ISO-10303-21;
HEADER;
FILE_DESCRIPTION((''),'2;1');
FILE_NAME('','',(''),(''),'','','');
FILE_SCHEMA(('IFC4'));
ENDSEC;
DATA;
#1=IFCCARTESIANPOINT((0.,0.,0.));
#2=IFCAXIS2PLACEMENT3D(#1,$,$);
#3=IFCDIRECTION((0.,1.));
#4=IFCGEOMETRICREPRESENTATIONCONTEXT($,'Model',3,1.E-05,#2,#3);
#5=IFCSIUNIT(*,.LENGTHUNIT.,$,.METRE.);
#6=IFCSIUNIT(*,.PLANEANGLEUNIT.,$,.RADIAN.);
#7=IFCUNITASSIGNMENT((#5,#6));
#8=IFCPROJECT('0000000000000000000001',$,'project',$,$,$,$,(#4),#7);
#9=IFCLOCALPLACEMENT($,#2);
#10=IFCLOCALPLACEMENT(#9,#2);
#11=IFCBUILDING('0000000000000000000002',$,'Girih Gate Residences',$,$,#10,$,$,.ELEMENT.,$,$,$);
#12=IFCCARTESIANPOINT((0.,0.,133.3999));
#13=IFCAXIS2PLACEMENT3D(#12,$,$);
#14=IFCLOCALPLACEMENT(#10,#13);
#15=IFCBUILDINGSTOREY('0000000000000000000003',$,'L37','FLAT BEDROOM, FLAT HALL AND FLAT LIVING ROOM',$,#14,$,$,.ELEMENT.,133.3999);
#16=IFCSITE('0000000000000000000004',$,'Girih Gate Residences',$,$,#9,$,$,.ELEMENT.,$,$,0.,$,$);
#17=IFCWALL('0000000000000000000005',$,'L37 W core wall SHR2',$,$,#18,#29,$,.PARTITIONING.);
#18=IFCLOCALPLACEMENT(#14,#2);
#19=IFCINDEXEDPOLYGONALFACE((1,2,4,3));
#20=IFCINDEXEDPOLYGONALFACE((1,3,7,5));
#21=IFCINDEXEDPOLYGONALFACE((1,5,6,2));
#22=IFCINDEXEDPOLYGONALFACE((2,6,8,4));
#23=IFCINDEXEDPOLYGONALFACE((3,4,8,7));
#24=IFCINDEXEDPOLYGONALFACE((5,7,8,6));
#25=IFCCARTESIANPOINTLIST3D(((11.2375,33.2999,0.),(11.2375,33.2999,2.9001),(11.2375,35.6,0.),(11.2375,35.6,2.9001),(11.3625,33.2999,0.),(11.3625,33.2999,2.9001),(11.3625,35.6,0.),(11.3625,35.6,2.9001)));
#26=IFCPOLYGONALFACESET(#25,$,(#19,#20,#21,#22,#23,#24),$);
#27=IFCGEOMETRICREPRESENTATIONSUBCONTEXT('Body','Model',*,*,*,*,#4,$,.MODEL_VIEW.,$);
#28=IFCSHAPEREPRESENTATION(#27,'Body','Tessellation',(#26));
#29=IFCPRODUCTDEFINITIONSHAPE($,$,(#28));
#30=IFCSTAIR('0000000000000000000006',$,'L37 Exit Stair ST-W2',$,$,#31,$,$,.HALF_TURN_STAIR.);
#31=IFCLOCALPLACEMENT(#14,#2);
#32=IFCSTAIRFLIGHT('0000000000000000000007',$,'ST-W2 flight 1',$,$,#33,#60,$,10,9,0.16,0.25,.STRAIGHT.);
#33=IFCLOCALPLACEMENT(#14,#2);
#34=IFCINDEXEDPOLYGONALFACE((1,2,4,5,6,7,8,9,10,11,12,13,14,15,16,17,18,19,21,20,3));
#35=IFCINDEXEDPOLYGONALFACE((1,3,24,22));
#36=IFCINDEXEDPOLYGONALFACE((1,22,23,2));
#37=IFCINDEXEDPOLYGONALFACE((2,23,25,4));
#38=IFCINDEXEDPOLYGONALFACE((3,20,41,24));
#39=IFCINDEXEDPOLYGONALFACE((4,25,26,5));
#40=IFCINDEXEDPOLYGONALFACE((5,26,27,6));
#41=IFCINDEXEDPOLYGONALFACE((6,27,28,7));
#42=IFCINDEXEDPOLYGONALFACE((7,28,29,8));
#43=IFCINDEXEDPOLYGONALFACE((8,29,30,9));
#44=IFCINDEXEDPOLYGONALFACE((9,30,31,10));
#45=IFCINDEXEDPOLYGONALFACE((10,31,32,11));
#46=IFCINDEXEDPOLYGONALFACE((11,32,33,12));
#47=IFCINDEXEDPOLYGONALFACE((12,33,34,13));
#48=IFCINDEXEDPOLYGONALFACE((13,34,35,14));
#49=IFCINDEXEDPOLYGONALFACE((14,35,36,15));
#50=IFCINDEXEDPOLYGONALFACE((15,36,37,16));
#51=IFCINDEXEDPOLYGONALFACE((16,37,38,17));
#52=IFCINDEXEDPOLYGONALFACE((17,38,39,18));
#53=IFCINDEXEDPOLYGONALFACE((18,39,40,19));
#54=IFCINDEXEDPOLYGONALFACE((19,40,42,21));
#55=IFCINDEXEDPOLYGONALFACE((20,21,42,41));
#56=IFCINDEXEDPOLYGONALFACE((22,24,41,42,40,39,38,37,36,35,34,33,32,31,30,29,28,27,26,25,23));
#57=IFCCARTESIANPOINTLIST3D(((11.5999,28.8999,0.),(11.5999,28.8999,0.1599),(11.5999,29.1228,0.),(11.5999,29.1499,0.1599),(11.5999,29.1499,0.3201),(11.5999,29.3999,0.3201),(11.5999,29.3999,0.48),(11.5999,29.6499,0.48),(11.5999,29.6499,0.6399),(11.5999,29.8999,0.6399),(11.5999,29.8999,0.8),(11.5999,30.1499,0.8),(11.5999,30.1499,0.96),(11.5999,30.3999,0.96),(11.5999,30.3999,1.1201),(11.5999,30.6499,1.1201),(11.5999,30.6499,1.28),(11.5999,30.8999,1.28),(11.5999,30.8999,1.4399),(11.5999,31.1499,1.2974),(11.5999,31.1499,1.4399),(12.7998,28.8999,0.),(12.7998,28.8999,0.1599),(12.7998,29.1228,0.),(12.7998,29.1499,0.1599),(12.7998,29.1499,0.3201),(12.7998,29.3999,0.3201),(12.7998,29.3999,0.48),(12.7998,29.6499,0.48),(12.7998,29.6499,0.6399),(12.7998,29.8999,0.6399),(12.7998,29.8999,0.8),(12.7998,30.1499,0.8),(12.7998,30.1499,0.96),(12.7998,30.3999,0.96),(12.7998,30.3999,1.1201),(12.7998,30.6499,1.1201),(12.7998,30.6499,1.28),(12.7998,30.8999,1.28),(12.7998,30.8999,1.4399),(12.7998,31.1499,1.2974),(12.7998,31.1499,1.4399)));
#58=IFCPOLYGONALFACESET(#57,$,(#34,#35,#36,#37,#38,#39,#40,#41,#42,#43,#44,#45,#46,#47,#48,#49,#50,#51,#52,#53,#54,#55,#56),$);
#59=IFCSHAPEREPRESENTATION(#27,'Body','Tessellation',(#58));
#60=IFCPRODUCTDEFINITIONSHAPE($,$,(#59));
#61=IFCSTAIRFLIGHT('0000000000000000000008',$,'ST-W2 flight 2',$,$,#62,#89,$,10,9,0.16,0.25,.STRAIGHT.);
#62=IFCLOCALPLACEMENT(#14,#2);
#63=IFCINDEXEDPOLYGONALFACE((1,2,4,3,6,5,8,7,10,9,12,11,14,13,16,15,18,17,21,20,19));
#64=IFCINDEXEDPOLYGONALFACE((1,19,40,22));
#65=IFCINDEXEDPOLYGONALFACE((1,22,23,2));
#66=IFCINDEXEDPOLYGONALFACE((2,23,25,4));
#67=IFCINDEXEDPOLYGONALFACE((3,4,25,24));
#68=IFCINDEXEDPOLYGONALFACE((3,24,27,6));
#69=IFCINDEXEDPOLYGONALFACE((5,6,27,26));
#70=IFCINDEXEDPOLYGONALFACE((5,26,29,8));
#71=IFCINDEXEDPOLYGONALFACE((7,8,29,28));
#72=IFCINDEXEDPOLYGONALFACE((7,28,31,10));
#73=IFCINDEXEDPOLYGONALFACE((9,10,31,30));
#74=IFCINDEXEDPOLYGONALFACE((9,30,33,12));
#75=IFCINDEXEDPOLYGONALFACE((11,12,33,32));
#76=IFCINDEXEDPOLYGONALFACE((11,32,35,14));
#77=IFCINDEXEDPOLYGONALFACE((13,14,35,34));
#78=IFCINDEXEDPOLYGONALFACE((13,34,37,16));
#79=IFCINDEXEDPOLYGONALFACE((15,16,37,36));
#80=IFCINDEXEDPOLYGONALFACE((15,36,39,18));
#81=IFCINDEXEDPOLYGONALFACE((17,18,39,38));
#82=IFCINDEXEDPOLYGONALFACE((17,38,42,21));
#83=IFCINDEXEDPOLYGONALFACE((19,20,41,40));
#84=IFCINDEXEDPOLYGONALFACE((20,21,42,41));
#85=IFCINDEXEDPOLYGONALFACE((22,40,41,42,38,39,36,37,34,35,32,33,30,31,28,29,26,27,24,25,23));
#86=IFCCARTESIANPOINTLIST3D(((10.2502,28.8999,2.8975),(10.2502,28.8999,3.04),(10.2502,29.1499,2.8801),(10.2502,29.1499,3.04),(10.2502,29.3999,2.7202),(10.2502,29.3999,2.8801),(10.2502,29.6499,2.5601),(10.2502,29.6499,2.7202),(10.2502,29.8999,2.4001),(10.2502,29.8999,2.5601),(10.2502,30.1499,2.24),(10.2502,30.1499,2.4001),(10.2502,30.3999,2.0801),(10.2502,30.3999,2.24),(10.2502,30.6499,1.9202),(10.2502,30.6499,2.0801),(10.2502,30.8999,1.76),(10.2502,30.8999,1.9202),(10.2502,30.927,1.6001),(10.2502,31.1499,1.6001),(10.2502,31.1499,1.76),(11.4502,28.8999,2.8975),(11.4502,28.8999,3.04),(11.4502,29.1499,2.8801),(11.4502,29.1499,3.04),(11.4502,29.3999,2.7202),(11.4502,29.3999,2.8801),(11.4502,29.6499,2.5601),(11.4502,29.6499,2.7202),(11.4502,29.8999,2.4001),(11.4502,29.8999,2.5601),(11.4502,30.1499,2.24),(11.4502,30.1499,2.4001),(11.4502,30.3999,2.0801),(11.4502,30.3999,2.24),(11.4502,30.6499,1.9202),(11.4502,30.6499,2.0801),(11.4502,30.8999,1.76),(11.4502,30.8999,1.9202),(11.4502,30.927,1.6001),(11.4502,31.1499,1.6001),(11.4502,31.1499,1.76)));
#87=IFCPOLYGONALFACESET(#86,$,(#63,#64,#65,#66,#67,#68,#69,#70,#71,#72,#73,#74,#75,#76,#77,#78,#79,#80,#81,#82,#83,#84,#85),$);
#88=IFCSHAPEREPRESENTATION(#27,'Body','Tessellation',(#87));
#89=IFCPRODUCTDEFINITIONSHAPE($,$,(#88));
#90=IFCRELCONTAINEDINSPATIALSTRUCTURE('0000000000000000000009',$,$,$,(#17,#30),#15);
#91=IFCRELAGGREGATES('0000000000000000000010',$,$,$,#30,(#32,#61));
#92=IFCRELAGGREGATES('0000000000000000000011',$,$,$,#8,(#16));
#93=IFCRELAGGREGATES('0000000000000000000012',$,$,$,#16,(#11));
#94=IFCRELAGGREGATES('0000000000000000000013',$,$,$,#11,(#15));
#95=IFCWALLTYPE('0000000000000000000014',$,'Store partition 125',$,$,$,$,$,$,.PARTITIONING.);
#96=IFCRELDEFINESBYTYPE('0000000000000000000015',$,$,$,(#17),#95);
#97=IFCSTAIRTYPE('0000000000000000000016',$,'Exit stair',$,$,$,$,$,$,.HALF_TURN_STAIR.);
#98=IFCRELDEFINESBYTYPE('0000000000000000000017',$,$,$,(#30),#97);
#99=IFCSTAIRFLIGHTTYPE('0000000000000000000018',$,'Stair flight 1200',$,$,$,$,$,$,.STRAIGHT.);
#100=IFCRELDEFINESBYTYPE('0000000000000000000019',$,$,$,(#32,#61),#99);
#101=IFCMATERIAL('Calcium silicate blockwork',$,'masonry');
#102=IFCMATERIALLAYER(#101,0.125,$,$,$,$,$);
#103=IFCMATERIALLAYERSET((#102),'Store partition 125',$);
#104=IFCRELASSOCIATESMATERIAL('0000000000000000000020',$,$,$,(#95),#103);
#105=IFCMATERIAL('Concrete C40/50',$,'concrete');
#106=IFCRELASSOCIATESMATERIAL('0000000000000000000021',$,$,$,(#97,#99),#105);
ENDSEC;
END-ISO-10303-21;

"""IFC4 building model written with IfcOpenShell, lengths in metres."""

from ifc_helpers import new_model, si_unit, direction, frame, frame_2d, origin, place, context, subcontext, project, spatial, polyline, rectangle, outline, extrude, material, layer, layer_set, type_object, element, aggregate, save


model = new_model("IFC4")

# Units and contexts
model_context = context("Model", 3, precision=1e-05, world=origin(), true_north=direction((0.0, 1.0)))
body_context = subcontext(model_context, "Body", "Model", "MODEL_VIEW")
ifc_project = project(units=[si_unit("LENGTHUNIT", "METRE"), si_unit("PLANEANGLEUNIT", "RADIAN")], contexts=[model_context])

# Site, building, storey
site_placement = place(None, origin())
site = spatial("IfcSite", under=ifc_project, at=site_placement, Name="Girih Gate Residences", CompositionType="ELEMENT", RefElevation=0.0)
building_placement = place(site_placement, origin())
building = spatial("IfcBuilding", under=site, at=building_placement, Name="Girih Gate Residences", CompositionType="ELEMENT")
storey_placement = place(building_placement, frame((0.0, 0.0, 133.3999)))
storey = spatial("IfcBuildingStorey", under=building, at=storey_placement, Name="L37", Description="FLAT BEDROOM, FLAT HALL AND FLAT LIVING ROOM", CompositionType="ELEMENT", Elevation=133.3999)

# Shared definitions
ifc_material_1 = material(Name="Concrete C40/50", Category="concrete")

# Wall
ifc_material_2 = material(Name="Calcium silicate blockwork", Category="masonry")
ifc_layer_1 = layer(ifc_material_2, 0.125)
ifc_layer_set_1 = layer_set([ifc_layer_1], Name="Store partition 125")
wall_type_1 = type_object("IfcWallType", Name="Store partition 125", PredefinedType="PARTITIONING", material=ifc_layer_set_1)
wall_1_placement = place(storey_placement, frame((11.3, 33.3, 0.0), z_axis=(0.0, 0.0, 1.0), x_axis=(0.0, 1.0, 0.0)))
element("IfcWall", 1, at=wall_1_placement, inside=storey, type_object=wall_type_1, Name="L37 W core wall SHR2", PredefinedType="PARTITIONING", context=body_context, shape_type="SweptSolid", body=[
    extrude(rectangle(XDim=2.3, YDim=0.125, at=frame_2d((1.1499, 0.0))), origin(), (0.0, 0.0, 1.0), 2.9001),
])

# Stair, stair flights
stair_type = type_object("IfcStairType", Name="Exit stair", PredefinedType="HALF_TURN_STAIR", material=ifc_material_1)
stair_placement = place(storey_placement, origin())
stair = element("IfcStair", 2, at=stair_placement, inside=storey, type_object=stair_type, Name="L37 Exit Stair ST-W2", PredefinedType="HALF_TURN_STAIR")
stair_flight_type = type_object("IfcStairFlightType", Name="Stair flight 1200", PredefinedType="STRAIGHT", material=ifc_material_1)
stair_flight_1_placement = place(storey_placement, frame((12.2, 28.8999, 0.0), z_axis=(0.0, 0.0, 1.0), x_axis=(0.0, 1.0, 0.0)))
stair_flight_1 = element("IfcStairFlight", 3, at=stair_flight_1_placement, type_object=stair_flight_type, Name="ST-W2 flight 1", NumberOfRisers=10, NumberOfTreads=9, PredefinedType="STRAIGHT", RiserHeight=0.16, TreadLength=0.25, context=body_context, shape_type="SweptSolid", body=[
    extrude(outline(polyline([(0.0, 0.0), (0.0, 0.1599), (0.25, 0.1599), (0.25, 0.3201), (0.5, 0.3201), (0.5, 0.48), (0.75, 0.48), (0.75, 0.6399), (1.0, 0.6399), (1.0, 0.8), (1.25, 0.8), (1.25, 0.96), (1.5, 0.96), (1.5, 1.1201), (1.75, 1.1201), (1.75, 1.28), (2.0, 1.28), (2.0, 1.4399), (2.25, 1.4399), (2.25, 1.6001), (2.25, 1.2974), (0.2229, 0.0), (0.0, 0.0)])), frame((0.0, 0.6001, 0.0), z_axis=(0.0, -1.0, 0.0), x_axis=(1.0, 0.0, 0.0)), (0.0, 0.0, 1.0), 1.2),
])
stair_flight_2_placement = place(storey_placement, frame((10.8501, 31.1499, 1.6001), z_axis=(0.0, 0.0, 1.0), x_axis=(0.0, -1.0, 0.0)))
stair_flight_2 = element("IfcStairFlight", 4, at=stair_flight_2_placement, type_object=stair_flight_type, Name="ST-W2 flight 2", NumberOfRisers=10, NumberOfTreads=9, PredefinedType="STRAIGHT", RiserHeight=0.16, TreadLength=0.25, context=body_context, shape_type="SweptSolid", body=[
    extrude(outline(polyline([(0.0, 0.0), (0.0, 0.1599), (0.25, 0.1599), (0.25, 0.3201), (0.5, 0.3201), (0.5, 0.48), (0.75, 0.48), (0.75, 0.6399), (1.0, 0.6399), (1.0, 0.8), (1.25, 0.8), (1.25, 0.96), (1.5, 0.96), (1.5, 1.1201), (1.75, 1.1201), (1.75, 1.28), (2.0, 1.28), (2.0, 1.4399), (2.25, 1.4399), (2.25, 1.6001), (2.25, 1.2974), (0.2229, 0.0), (0.0, 0.0)])), frame((0.0, 0.6001, 0.0), z_axis=(0.0, -1.0, 0.0), x_axis=(1.0, 0.0, 0.0)), (0.0, 0.0, 1.0), 1.2),
])
aggregate(stair, [stair_flight_1, stair_flight_2])

save(model, "model.ifc")
